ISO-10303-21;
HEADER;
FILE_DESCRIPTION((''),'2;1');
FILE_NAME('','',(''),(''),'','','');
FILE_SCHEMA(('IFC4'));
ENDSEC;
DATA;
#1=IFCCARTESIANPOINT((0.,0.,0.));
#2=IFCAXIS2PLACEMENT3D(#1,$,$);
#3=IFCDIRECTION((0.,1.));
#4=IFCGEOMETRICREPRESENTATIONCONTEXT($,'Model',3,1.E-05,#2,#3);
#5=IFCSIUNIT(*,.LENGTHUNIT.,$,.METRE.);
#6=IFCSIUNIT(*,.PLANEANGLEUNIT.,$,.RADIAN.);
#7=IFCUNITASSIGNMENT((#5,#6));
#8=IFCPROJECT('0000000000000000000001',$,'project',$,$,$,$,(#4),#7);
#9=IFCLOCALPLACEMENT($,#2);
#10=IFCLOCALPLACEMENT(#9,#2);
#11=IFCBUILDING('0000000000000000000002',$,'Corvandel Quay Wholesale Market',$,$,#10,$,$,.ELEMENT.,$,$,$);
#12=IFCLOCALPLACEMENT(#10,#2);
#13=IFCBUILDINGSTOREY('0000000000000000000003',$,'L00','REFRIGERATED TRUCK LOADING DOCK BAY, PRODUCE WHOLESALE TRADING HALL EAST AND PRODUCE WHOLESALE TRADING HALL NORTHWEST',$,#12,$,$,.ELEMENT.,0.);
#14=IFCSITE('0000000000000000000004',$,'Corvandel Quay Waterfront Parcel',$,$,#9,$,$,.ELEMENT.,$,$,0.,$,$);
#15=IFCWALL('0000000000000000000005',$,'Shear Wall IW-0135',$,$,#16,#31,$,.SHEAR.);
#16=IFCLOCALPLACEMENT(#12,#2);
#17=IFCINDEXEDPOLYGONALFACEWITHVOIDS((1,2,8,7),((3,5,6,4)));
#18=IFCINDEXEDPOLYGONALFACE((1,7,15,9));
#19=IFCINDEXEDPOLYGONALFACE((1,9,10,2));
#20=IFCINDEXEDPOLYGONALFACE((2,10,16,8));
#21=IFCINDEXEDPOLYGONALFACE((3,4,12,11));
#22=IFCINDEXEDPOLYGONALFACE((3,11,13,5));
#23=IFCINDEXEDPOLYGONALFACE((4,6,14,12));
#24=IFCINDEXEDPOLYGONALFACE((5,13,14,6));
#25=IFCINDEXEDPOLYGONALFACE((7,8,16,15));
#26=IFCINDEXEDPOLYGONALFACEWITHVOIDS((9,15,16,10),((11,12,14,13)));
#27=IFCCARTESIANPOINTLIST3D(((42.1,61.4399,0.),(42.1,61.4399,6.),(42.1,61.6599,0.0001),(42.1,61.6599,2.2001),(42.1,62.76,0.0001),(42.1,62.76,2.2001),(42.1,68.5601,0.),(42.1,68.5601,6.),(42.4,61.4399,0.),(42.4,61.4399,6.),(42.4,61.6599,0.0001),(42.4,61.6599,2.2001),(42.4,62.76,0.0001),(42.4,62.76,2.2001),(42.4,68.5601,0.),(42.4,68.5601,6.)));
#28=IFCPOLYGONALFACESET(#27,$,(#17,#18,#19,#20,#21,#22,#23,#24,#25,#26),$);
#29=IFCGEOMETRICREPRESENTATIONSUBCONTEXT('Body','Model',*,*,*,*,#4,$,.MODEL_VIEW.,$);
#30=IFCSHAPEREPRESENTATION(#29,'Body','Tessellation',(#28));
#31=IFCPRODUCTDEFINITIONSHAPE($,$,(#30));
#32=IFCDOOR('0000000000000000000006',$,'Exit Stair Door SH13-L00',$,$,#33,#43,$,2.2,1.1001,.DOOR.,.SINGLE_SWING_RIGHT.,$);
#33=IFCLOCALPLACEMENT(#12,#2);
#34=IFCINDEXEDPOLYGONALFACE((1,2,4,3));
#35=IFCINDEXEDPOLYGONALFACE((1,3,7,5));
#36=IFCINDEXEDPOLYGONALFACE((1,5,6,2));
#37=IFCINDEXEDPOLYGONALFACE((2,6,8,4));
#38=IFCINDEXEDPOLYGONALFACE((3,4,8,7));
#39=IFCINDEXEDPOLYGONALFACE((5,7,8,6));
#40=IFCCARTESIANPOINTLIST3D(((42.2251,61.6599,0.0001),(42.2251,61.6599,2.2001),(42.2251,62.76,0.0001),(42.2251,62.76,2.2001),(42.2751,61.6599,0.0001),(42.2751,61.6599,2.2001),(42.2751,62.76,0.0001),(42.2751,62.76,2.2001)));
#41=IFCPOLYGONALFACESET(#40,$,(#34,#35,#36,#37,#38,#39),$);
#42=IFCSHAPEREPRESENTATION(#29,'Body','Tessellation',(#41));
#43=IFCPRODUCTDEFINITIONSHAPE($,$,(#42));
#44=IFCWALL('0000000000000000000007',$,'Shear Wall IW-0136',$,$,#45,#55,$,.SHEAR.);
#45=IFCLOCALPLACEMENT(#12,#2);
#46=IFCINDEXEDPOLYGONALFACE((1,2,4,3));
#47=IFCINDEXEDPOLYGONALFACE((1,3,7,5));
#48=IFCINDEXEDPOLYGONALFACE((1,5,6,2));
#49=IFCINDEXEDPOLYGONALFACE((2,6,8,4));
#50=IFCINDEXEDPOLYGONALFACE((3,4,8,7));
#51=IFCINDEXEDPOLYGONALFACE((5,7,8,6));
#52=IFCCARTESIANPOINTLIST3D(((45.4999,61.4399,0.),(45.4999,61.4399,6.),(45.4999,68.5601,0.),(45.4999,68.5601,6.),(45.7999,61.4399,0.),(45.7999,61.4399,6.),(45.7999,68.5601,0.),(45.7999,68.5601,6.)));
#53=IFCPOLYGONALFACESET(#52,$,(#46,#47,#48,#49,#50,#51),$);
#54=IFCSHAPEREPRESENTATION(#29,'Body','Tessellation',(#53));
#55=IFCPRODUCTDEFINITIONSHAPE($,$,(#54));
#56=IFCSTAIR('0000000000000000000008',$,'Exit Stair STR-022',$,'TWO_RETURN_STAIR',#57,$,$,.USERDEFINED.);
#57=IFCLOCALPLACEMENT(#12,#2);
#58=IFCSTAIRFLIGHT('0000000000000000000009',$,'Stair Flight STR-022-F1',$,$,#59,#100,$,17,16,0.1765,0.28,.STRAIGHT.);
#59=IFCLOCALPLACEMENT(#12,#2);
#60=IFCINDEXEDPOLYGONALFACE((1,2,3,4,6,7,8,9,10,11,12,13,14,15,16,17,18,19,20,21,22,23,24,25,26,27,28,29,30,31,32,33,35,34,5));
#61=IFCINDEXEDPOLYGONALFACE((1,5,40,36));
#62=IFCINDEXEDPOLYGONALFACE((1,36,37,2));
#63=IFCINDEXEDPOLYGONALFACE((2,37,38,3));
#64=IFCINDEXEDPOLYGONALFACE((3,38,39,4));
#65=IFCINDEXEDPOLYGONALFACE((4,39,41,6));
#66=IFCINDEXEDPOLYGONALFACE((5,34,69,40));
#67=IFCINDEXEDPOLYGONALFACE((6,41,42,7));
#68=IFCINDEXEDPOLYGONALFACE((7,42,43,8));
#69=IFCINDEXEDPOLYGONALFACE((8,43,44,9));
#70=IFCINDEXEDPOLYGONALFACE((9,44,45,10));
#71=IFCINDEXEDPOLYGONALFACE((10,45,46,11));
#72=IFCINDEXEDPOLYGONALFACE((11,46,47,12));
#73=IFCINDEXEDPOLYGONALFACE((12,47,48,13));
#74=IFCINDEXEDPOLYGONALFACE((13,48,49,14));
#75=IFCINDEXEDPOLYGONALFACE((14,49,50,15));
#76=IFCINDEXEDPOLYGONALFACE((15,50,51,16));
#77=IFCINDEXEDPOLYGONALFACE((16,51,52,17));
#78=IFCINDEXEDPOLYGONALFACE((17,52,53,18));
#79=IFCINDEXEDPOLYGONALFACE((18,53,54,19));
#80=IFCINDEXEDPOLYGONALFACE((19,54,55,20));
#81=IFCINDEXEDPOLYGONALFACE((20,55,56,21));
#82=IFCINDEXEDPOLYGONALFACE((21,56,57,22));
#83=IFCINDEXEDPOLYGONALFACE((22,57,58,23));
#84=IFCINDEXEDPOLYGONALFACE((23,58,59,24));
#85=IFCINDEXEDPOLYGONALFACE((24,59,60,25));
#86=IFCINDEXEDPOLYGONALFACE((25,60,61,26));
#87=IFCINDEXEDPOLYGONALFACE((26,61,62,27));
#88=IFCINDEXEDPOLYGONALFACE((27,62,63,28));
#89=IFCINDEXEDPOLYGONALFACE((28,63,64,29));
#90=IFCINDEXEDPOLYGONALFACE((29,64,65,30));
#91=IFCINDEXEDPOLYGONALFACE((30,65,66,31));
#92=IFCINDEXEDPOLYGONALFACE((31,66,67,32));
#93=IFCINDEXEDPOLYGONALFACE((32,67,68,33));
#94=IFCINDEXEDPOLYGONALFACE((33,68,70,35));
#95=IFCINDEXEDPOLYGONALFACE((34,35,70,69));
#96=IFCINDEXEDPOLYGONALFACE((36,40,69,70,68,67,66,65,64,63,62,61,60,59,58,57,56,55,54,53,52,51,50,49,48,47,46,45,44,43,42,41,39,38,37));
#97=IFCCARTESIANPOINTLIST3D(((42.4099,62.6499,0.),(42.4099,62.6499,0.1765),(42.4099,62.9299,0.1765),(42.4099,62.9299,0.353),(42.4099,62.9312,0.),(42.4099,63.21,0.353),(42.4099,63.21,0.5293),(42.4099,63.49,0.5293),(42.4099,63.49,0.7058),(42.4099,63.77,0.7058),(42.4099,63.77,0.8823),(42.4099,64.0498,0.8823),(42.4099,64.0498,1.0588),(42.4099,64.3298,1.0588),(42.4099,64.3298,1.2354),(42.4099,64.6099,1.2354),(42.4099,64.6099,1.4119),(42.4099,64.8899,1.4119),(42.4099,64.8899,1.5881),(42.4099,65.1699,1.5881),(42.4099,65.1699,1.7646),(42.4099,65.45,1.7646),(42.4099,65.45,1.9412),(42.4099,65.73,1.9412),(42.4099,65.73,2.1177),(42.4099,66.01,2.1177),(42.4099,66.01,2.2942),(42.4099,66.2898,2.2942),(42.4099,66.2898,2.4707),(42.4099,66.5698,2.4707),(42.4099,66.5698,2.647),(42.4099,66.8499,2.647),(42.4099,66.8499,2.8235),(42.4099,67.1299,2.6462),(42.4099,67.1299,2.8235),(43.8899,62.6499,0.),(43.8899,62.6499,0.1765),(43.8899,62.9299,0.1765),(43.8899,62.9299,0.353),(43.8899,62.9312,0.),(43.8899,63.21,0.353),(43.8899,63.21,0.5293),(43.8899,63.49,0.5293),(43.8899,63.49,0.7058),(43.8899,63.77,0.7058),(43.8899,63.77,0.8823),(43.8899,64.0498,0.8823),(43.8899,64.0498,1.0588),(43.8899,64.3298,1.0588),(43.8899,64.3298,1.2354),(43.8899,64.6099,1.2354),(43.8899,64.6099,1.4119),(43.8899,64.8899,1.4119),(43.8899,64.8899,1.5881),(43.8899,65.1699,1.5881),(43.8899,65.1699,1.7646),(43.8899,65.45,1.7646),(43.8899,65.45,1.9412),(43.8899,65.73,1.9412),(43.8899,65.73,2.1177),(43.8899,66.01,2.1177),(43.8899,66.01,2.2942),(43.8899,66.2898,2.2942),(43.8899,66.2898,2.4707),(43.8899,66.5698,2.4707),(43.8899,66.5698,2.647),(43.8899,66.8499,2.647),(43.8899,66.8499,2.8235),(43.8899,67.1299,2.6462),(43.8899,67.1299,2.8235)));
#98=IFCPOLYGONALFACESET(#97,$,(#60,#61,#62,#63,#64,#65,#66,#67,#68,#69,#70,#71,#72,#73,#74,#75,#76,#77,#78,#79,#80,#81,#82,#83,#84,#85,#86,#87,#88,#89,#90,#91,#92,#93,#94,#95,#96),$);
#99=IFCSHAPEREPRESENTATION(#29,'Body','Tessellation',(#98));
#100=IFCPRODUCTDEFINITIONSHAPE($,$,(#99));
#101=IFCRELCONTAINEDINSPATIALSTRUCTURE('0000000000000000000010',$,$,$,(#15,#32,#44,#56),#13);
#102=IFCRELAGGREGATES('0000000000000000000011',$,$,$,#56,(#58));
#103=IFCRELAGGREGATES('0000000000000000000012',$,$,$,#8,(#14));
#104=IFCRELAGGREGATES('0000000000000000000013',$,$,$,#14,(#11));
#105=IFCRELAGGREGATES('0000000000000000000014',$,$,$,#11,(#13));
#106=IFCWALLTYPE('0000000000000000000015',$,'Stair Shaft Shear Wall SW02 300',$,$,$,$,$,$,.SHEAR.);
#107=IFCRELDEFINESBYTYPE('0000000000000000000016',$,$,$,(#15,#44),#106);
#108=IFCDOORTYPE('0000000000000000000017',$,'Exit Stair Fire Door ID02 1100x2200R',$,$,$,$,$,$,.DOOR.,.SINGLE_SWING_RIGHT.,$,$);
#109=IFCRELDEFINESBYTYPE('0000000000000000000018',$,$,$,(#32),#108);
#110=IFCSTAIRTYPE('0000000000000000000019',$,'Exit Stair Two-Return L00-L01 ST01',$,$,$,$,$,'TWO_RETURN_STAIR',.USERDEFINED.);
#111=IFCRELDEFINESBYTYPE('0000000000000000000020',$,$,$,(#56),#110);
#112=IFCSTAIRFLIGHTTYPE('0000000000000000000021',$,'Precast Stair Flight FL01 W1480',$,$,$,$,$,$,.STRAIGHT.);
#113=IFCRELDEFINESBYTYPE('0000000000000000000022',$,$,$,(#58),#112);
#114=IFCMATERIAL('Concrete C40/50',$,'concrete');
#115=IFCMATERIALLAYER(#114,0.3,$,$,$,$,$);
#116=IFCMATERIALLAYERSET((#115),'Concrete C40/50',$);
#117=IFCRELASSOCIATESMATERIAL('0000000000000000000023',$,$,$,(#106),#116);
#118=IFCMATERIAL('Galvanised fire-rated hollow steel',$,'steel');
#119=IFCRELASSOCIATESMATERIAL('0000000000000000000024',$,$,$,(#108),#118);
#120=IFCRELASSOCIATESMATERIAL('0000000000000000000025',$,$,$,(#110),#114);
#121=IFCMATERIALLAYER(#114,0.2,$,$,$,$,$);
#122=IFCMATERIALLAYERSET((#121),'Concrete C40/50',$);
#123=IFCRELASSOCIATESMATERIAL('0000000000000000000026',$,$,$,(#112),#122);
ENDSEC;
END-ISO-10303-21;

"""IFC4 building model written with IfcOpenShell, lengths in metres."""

from ifc_helpers import new_model, si_unit, direction, frame, frame_2d, origin, place, context, subcontext, project, spatial, polyline, rectangle, outline, extrude, material, layer, layer_set, type_object, element, fill, aggregate, save


model = new_model("IFC4")

# Units and contexts
model_context = context("Model", 3, precision=1e-05, world=origin(), true_north=direction((0.0, 1.0)))
body_context = subcontext(model_context, "Body", "Model", "MODEL_VIEW")
ifc_project = project(units=[si_unit("LENGTHUNIT", "METRE"), si_unit("PLANEANGLEUNIT", "RADIAN")], contexts=[model_context])

# Site, building, storey
site_placement = place(None, origin())
site = spatial("IfcSite", under=ifc_project, at=site_placement, Name="Corvandel Quay Waterfront Parcel", CompositionType="ELEMENT", RefElevation=0.0)
building_placement = place(site_placement, origin())
building = spatial("IfcBuilding", under=site, at=building_placement, Name="Corvandel Quay Wholesale Market", CompositionType="ELEMENT")
storey_placement = place(building_placement, origin())
storey = spatial("IfcBuildingStorey", under=building, at=storey_placement, Name="L00", Description="REFRIGERATED TRUCK LOADING DOCK BAY, PRODUCE WHOLESALE TRADING HALL EAST AND PRODUCE WHOLESALE TRADING HALL NORTHWEST", CompositionType="ELEMENT", Elevation=0.0)

# Shared definitions
ifc_material_1 = material(Name="Concrete C40/50", Category="concrete")

# Shared definitions
ifc_layer_1 = layer(ifc_material_1, 0.3)
ifc_layer_set_1 = layer_set([ifc_layer_1], Name="Concrete C40/50")
wall_type_1 = type_object("IfcWallType", Name="Stair Shaft Shear Wall SW02 300", PredefinedType="SHEAR", material=ifc_layer_set_1)

# Wall, opening, door
wall_1_placement = place(storey_placement, frame((42.25, 61.4399, 0.0), z_axis=(0.0, 0.0, 1.0), x_axis=(0.0, 1.0, 0.0)))
wall_1 = element("IfcWall", 1, at=wall_1_placement, inside=storey, type_object=wall_type_1, Name="Shear Wall IW-0135", PredefinedType="SHEAR", context=body_context, shape_type="SweptSolid", body=[
    extrude(rectangle(XDim=7.1201, YDim=0.3, at=frame_2d((3.5601, 0.0))), origin(), (0.0, 0.0, 1.0), 6.0),
])
opening_placement = place(wall_1_placement, frame((0.22, 0.0, 0.0)))
opening = element("IfcOpeningElement", 2, at=opening_placement, cuts=wall_1, PredefinedType="OPENING", context=body_context, shape_type="SweptSolid", body=[
    extrude(rectangle(XDim=1.1001, YDim=2.2, at=frame_2d((0.55, 1.1001))), frame((0.0, 0.1599, 0.0), z_axis=(0.0, -1.0, 0.0), x_axis=(1.0, 0.0, 0.0)), (0.0, 0.0, 1.0), 0.3201),
])
ifc_material_2 = material(Name="Galvanised fire-rated hollow steel", Category="steel")
door_type = type_object("IfcDoorType", Name="Exit Stair Fire Door ID02 1100x2200R", OperationType="SINGLE_SWING_RIGHT", PredefinedType="DOOR", material=ifc_material_2)
door_placement = place(opening_placement, origin())
door = element("IfcDoor", 3, at=door_placement, inside=storey, type_object=door_type, Name="Exit Stair Door SH13-L00", OperationType="SINGLE_SWING_RIGHT", OverallHeight=2.2, OverallWidth=1.1001, PredefinedType="DOOR", context=body_context, shape_type="SweptSolid", body=[
    extrude(rectangle(XDim=1.1001, YDim=2.2, at=frame_2d((0.55, 1.1001))), frame((0.0, 0.0249, 0.0), z_axis=(0.0, -1.0, 0.0), x_axis=(1.0, 0.0, 0.0)), (0.0, 0.0, 1.0), 0.05),
])
fill(opening, door)

# Wall
wall_2_placement = place(storey_placement, frame((45.6499, 61.4399, 0.0), z_axis=(0.0, 0.0, 1.0), x_axis=(0.0, 1.0, 0.0)))
element("IfcWall", 4, at=wall_2_placement, inside=storey, type_object=wall_type_1, Name="Shear Wall IW-0136", PredefinedType="SHEAR", context=body_context, shape_type="SweptSolid", body=[
    extrude(rectangle(XDim=7.1201, YDim=0.3, at=frame_2d((3.5601, 0.0))), origin(), (0.0, 0.0, 1.0), 6.0),
])

# Stair, stair flight
stair_type = type_object("IfcStairType", Name="Exit Stair Two-Return L00-L01 ST01", ElementType="TWO_RETURN_STAIR", PredefinedType="USERDEFINED", material=ifc_material_1)
stair_placement = place(storey_placement, origin())
stair = element("IfcStair", 5, at=stair_placement, inside=storey, type_object=stair_type, Name="Exit Stair STR-022", ObjectType="TWO_RETURN_STAIR", PredefinedType="USERDEFINED")
ifc_layer_2 = layer(ifc_material_1, 0.2)
ifc_layer_set_2 = layer_set([ifc_layer_2], Name="Concrete C40/50")
stair_flight_type = type_object("IfcStairFlightType", Name="Precast Stair Flight FL01 W1480", PredefinedType="STRAIGHT", material=ifc_layer_set_2)
stair_flight_placement = place(storey_placement, frame((43.1499, 62.6499, 0.0), z_axis=(0.0, 0.0, 1.0), x_axis=(0.0, 1.0, 0.0)))
stair_flight = element("IfcStairFlight", 6, at=stair_flight_placement, type_object=stair_flight_type, Name="Stair Flight STR-022-F1", NumberOfRisers=17, NumberOfTreads=16, PredefinedType="STRAIGHT", RiserHeight=0.1765, TreadLength=0.28, context=body_context, shape_type="SweptSolid", body=[
    extrude(outline(polyline([(0.0, 0.0), (0.0, 0.1765), (0.28, 0.1765), (0.28, 0.353), (0.5601, 0.353), (0.5601, 0.5293), (0.8401, 0.5293), (0.8401, 0.7058), (1.1201, 0.7058), (1.1201, 0.8823), (1.3999, 0.8823), (1.3999, 1.0588), (1.6799, 1.0588), (1.6799, 1.2354), (1.96, 1.2354), (1.96, 1.4119), (2.24, 1.4119), (2.24, 1.5881), (2.52, 1.5881), (2.52, 1.7646), (2.8, 1.7646), (2.8, 1.9412), (3.0801, 1.9412), (3.0801, 2.1177), (3.3601, 2.1177), (3.3601, 2.2942), (3.6399, 2.2942), (3.6399, 2.4707), (3.9199, 2.4707), (3.9199, 2.647), (4.2, 2.647), (4.2, 2.8235), (4.48, 2.8235), (4.48, 3.0), (4.48, 2.6462), (0.2812, 0.0), (0.0, 0.0)])), frame((0.0, 0.74, 0.0), z_axis=(0.0, -1.0, 0.0), x_axis=(1.0, 0.0, 0.0)), (0.0, 0.0, 1.0), 1.48),
])
aggregate(stair, [stair_flight])

save(model, "model.ifc")
